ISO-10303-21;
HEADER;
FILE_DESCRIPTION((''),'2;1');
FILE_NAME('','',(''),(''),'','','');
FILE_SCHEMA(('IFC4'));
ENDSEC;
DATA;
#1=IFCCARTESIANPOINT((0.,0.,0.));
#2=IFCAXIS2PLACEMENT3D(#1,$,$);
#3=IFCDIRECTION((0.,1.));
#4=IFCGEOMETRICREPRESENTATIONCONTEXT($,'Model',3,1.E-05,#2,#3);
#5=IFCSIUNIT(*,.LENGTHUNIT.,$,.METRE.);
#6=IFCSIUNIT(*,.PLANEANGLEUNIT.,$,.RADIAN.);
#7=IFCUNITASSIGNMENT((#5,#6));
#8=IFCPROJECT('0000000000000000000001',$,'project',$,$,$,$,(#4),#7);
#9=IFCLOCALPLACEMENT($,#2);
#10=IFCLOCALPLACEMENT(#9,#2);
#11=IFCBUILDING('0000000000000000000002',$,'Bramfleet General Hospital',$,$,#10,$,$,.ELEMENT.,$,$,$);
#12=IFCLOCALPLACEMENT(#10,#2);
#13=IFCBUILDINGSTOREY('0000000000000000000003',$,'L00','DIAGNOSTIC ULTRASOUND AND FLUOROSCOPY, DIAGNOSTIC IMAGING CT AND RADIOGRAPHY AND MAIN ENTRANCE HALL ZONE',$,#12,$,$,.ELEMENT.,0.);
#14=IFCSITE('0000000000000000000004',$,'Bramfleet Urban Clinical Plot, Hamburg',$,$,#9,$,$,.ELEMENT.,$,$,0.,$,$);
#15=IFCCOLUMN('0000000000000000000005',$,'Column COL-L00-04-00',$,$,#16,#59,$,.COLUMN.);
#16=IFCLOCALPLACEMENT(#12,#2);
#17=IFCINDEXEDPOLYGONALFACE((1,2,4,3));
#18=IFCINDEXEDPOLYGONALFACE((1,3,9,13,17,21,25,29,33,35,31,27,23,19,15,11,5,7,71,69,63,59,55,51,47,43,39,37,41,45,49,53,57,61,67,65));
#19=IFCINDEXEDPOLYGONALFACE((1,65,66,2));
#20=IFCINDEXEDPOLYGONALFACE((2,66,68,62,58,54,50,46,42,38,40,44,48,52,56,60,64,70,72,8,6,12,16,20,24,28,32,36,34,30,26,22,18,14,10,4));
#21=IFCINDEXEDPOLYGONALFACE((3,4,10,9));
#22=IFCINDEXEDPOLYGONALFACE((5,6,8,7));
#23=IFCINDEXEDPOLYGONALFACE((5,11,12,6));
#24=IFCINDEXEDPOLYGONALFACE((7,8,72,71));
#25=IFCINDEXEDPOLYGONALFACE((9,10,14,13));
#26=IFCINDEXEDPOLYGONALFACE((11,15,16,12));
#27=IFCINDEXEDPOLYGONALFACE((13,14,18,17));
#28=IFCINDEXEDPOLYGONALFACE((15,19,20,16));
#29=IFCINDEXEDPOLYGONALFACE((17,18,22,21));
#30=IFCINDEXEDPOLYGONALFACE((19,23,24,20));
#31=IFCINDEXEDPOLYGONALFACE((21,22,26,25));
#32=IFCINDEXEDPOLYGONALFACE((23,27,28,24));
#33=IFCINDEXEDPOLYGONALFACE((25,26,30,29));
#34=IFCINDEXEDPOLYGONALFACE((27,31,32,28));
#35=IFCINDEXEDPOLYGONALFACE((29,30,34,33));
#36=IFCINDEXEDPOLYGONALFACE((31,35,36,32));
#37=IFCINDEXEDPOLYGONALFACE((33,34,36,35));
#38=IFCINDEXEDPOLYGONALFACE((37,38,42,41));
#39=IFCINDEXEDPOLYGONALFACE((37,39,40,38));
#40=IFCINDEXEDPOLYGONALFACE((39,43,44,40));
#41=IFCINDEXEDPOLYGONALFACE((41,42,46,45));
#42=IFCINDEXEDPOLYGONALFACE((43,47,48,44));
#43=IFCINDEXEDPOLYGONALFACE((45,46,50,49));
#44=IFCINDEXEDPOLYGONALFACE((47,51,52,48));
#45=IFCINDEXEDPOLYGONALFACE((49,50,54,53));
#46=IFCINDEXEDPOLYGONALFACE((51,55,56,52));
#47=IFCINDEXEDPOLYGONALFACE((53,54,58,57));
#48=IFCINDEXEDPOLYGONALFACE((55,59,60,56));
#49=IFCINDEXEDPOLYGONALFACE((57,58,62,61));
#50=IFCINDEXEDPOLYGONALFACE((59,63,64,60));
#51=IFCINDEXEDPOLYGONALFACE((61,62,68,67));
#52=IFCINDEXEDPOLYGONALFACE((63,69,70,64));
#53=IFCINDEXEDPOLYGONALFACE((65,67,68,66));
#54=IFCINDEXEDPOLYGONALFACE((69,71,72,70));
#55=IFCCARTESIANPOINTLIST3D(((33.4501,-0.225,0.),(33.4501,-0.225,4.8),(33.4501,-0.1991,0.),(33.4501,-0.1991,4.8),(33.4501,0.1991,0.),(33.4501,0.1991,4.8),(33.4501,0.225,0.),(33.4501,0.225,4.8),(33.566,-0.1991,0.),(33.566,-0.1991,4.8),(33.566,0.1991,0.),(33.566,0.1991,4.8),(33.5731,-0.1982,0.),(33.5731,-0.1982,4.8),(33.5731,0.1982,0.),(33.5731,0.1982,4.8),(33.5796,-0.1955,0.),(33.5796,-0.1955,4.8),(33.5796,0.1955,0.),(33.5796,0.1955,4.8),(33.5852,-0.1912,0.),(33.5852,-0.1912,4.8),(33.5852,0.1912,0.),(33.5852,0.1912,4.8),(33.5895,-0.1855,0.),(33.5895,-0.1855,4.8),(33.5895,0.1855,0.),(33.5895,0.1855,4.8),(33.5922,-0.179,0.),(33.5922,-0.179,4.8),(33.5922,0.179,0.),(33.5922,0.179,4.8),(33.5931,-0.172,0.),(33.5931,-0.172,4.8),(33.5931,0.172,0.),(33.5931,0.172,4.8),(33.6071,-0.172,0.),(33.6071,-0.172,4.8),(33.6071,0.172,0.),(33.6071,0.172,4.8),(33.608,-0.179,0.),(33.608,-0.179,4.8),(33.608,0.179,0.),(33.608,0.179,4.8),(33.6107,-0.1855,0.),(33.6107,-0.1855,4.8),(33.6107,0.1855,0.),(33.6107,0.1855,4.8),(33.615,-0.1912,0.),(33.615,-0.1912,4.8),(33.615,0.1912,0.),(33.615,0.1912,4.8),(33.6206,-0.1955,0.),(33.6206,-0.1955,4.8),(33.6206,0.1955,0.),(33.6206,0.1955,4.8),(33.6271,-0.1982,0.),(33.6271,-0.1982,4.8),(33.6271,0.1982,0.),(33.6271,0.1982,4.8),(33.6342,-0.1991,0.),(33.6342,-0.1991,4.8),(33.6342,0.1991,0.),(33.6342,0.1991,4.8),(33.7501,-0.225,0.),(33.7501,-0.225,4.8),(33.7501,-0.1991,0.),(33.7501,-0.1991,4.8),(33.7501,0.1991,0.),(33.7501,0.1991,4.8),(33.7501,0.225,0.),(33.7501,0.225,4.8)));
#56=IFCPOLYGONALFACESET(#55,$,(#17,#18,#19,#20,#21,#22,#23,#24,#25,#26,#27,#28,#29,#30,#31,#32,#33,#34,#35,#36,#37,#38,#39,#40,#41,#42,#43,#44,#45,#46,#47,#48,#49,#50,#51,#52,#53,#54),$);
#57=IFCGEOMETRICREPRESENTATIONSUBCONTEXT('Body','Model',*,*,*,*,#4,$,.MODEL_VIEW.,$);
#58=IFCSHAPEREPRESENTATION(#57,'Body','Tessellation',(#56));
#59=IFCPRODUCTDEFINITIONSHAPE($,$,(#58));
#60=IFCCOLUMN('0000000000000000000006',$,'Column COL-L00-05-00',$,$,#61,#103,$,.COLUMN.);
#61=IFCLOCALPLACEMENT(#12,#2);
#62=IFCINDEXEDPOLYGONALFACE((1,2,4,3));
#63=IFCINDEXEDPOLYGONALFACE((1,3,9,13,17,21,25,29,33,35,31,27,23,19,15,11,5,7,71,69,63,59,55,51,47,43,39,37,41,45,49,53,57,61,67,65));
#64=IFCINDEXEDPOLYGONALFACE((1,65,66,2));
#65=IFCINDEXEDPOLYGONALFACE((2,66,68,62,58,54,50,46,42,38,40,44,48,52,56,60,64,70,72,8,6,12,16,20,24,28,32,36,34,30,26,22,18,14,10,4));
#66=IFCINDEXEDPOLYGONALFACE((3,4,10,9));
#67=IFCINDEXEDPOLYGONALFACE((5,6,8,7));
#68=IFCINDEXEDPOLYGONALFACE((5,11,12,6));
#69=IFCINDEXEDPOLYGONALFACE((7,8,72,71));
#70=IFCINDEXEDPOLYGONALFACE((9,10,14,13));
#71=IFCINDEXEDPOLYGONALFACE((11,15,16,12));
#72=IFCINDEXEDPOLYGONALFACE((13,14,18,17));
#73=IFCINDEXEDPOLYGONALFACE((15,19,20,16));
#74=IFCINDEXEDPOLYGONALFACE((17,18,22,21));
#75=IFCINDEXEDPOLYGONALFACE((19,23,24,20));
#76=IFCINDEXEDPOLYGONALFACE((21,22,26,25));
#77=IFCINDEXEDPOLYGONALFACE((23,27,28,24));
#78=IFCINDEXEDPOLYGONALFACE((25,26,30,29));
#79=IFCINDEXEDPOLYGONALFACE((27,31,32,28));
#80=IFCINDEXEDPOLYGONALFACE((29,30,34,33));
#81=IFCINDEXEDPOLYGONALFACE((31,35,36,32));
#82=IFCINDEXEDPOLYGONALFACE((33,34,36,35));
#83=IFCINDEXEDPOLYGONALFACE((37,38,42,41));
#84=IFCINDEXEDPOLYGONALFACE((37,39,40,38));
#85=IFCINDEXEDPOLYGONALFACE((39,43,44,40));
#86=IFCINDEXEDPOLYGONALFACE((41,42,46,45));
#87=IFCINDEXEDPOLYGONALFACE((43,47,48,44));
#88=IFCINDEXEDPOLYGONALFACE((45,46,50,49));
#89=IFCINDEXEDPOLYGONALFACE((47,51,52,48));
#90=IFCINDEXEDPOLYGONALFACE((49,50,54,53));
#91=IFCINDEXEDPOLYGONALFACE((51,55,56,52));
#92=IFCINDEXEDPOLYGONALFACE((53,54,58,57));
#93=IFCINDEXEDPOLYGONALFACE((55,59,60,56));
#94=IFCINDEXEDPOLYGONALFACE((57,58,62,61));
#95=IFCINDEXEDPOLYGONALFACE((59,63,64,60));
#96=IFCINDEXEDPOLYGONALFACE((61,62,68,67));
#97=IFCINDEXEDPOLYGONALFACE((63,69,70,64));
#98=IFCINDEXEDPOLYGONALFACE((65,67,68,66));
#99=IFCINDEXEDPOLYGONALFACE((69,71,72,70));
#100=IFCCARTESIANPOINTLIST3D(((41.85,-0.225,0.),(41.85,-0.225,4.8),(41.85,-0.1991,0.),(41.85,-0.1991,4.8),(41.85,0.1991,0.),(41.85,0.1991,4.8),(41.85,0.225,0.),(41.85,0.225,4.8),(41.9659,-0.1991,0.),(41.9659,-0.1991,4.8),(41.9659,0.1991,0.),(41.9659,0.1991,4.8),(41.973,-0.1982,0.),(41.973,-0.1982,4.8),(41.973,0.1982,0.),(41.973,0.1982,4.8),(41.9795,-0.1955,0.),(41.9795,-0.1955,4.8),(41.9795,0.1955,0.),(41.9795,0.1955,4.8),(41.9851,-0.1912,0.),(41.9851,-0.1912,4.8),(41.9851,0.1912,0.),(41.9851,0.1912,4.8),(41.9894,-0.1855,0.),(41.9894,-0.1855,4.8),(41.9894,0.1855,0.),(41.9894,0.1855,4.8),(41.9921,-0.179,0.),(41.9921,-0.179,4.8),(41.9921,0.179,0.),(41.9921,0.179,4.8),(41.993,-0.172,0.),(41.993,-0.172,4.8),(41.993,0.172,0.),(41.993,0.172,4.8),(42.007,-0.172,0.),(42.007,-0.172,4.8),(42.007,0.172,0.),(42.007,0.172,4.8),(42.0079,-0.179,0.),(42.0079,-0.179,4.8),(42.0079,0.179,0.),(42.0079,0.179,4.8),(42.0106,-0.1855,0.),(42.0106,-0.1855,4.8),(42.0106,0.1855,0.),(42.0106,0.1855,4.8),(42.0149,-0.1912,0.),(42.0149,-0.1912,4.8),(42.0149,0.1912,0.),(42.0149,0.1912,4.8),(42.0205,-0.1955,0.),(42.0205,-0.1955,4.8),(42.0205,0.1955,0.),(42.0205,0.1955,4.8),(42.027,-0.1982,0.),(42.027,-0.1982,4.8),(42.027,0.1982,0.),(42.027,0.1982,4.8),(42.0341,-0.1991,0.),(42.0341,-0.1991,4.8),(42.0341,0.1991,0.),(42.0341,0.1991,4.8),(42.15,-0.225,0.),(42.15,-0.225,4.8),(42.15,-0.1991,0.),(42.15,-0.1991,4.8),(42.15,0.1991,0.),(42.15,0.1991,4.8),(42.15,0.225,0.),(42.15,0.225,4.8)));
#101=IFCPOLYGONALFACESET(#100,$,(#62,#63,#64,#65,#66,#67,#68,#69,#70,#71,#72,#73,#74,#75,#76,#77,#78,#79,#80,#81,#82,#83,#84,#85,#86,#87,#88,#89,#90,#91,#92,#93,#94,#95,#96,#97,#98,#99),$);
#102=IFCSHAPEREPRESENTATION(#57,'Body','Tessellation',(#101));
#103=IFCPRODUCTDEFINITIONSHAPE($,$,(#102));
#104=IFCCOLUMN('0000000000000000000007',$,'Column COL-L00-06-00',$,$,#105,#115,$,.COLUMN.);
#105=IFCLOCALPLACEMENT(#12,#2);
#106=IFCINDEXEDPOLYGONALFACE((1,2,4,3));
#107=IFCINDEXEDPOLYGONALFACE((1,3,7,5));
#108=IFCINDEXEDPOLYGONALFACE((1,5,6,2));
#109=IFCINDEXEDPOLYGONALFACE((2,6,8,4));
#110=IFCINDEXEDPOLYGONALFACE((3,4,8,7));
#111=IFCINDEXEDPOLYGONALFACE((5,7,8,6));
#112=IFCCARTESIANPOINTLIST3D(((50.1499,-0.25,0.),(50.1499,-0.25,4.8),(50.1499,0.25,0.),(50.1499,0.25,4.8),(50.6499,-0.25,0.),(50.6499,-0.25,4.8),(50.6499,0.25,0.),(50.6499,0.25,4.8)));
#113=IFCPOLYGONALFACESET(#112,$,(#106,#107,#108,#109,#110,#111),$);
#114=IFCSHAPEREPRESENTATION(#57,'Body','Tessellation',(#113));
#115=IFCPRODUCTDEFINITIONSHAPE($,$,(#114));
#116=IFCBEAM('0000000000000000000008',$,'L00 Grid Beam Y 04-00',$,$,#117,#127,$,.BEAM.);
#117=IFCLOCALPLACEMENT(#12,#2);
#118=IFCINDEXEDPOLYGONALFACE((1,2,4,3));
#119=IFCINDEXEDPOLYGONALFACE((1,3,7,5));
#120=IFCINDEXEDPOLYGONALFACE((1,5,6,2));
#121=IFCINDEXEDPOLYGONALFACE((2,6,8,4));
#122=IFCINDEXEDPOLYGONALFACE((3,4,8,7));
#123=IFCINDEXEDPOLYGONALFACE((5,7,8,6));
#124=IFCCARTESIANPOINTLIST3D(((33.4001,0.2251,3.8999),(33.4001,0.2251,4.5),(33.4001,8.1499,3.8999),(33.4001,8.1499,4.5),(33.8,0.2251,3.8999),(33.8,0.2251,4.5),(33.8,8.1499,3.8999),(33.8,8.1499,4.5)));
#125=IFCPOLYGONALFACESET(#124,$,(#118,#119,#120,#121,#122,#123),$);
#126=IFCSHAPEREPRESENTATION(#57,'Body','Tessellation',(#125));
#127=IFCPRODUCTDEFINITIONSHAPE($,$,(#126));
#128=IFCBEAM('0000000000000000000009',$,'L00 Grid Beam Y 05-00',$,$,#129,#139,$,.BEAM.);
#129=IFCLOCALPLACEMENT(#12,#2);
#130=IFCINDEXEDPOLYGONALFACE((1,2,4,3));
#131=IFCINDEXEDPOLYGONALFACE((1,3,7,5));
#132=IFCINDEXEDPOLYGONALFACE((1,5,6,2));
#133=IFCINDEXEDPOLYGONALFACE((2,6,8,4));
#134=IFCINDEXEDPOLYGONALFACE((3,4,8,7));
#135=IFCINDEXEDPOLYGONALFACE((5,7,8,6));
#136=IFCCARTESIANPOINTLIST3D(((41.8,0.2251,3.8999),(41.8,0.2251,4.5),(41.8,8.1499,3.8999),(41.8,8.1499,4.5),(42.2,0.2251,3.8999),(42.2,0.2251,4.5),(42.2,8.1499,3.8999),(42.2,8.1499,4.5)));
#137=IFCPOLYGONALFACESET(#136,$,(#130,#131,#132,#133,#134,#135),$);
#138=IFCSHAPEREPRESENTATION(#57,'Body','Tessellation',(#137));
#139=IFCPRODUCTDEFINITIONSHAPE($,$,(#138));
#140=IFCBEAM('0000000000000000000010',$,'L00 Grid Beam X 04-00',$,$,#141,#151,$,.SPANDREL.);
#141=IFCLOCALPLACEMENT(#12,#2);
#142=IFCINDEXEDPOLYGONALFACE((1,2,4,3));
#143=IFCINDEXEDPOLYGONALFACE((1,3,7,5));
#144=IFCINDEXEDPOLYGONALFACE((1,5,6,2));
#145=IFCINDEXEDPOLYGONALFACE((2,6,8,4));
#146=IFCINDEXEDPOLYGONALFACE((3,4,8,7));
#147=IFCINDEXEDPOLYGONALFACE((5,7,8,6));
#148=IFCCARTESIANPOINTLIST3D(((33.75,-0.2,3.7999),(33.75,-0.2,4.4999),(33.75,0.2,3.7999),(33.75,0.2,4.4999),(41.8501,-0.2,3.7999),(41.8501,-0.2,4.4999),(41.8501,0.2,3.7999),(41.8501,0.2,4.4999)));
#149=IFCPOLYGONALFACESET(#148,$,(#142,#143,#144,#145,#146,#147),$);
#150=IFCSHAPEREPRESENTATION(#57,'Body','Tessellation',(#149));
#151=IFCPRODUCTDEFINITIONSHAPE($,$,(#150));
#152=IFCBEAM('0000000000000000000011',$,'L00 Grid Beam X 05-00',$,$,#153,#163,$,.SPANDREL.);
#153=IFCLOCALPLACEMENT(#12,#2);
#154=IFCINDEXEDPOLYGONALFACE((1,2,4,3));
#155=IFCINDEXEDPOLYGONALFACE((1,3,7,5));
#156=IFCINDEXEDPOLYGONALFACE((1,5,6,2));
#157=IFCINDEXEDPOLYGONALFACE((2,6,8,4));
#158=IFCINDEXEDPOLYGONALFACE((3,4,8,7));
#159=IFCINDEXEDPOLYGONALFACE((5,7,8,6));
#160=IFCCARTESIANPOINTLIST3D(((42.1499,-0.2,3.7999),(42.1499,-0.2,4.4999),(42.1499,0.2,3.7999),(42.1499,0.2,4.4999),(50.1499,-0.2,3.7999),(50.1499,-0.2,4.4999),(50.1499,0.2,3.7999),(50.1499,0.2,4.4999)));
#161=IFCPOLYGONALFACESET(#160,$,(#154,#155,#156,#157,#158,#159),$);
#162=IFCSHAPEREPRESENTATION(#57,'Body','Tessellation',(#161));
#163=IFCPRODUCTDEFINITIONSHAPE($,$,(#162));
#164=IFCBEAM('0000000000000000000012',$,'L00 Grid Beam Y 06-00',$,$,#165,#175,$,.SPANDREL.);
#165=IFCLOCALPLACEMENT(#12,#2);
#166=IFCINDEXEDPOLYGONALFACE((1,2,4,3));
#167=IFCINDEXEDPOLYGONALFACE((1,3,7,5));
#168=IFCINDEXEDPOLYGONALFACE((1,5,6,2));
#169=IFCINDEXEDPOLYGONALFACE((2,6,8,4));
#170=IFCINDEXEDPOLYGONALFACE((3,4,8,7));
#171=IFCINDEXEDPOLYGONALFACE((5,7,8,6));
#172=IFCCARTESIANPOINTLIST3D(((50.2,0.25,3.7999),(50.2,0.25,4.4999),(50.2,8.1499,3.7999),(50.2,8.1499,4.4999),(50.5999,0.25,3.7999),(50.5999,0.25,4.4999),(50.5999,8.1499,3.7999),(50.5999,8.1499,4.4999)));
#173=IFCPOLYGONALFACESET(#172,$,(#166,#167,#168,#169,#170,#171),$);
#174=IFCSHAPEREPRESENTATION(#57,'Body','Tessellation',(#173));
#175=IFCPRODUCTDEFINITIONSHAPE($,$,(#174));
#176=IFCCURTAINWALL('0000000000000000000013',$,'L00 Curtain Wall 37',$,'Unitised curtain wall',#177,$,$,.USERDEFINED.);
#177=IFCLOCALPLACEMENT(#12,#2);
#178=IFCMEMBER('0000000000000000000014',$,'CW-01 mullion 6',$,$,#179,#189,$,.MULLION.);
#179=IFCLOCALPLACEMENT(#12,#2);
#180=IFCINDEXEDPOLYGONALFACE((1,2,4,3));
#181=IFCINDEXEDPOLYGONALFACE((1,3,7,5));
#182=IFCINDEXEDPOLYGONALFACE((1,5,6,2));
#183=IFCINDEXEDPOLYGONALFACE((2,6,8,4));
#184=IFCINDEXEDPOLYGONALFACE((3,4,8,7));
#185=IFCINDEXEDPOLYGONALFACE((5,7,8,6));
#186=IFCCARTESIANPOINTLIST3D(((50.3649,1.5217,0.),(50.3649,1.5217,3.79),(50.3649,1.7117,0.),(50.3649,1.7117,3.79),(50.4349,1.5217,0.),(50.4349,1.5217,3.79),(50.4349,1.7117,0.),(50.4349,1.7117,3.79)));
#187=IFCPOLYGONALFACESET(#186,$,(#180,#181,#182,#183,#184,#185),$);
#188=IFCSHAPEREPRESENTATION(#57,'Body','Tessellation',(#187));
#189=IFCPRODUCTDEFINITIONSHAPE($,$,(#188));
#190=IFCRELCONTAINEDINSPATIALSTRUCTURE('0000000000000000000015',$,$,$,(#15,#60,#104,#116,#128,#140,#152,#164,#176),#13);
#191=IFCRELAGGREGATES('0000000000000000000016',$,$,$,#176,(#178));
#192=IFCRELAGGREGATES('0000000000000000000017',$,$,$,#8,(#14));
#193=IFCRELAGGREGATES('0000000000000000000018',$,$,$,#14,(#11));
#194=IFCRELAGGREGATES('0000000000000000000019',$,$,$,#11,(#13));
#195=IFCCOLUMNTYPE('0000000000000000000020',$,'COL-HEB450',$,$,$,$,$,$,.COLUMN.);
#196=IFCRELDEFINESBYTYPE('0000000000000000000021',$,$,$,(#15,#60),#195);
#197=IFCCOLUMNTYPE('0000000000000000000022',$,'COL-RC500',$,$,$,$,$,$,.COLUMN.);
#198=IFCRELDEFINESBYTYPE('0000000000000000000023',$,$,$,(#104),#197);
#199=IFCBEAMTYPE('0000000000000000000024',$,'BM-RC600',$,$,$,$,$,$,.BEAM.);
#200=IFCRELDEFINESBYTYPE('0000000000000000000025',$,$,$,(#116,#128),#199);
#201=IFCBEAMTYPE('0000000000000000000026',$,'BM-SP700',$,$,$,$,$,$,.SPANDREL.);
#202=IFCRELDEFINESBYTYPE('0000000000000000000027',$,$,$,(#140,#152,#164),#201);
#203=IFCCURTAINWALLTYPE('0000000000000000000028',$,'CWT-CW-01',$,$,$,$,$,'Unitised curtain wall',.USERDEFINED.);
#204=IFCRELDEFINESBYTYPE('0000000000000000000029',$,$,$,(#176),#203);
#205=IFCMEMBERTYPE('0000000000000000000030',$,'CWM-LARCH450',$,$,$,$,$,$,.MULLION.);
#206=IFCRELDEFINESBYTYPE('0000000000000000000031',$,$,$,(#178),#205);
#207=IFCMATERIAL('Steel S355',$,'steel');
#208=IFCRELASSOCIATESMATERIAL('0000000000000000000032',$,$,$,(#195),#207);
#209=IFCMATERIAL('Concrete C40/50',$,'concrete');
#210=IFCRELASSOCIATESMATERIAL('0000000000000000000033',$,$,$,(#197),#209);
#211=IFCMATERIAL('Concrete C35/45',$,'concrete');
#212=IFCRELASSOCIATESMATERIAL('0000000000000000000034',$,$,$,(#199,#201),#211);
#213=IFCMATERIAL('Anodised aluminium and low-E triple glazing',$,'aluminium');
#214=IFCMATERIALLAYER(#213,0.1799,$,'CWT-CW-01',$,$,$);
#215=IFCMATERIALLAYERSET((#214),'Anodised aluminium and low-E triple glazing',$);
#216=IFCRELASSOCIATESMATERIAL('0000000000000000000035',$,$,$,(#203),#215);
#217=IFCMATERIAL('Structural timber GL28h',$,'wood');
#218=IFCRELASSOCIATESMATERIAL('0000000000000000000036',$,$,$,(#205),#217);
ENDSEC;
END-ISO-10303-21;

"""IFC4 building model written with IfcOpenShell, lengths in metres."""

from ifc_helpers import new_model, si_unit, direction, frame, origin, origin_2d, place, context, subcontext, project, spatial, rectangle, i_section, extrude, material, layer, layer_set, material_profile, profile_set, type_object, element, aggregate, save


model = new_model("IFC4")

# Units and contexts
model_context = context("Model", 3, precision=1e-05, world=origin(), true_north=direction((0.0, 1.0)))
body_context = subcontext(model_context, "Body", "Model", "MODEL_VIEW")
ifc_project = project(units=[si_unit("LENGTHUNIT", "METRE"), si_unit("PLANEANGLEUNIT", "RADIAN")], contexts=[model_context])

# Site, building, storey
site_placement = place(None, origin())
site = spatial("IfcSite", under=ifc_project, at=site_placement, Name="Bramfleet Urban Clinical Plot, Hamburg", CompositionType="ELEMENT", RefElevation=0.0)
building_placement = place(site_placement, origin())
building = spatial("IfcBuilding", under=site, at=building_placement, Name="Bramfleet General Hospital", CompositionType="ELEMENT")
storey_placement = place(building_placement, origin())
storey = spatial("IfcBuildingStorey", under=building, at=storey_placement, Name="L00", Description="DIAGNOSTIC ULTRASOUND AND FLUOROSCOPY, DIAGNOSTIC IMAGING CT AND RADIOGRAPHY AND MAIN ENTRANCE HALL ZONE", CompositionType="ELEMENT", Elevation=0.0)

# Columns
ifc_material_1 = material(Name="Steel S355", Category="steel")
ifc_material_profile_1 = material_profile(ifc_material_1, i_section(OverallWidth=0.3, OverallDepth=0.45, WebThickness=0.0139, FlangeThickness=0.0259, FilletRadius=0.0271, at=origin_2d()), Name="HEB 450")
ifc_profile_set_1 = profile_set([ifc_material_profile_1], Name="Steel S355")
column_type_1 = type_object("IfcColumnType", Name="COL-HEB450", PredefinedType="COLUMN", material=ifc_profile_set_1)
for number, where, z_axis, x_axis, name in (
    (1, (33.6001, 0.0, 0.0), (0.0, 0.0, 1.0), (1.0, 0.0, 0.0), "Column COL-L00-04-00"),
    (2, (42.0, 0.0, 0.0), (0.0, 0.0, 1.0), (1.0, 0.0, 0.0), "Column COL-L00-05-00"),
):
    element("IfcColumn", number, at=place(storey_placement, frame(where, z_axis=z_axis, x_axis=x_axis)), inside=storey, type_object=column_type_1, Name=name, PredefinedType="COLUMN", context=body_context, shape_type="SweptSolid", body=[
        extrude(i_section(OverallWidth=0.3, OverallDepth=0.45, WebThickness=0.0139, FlangeThickness=0.0259, FilletRadius=0.0271, at=origin_2d()), origin(), (0.0, 0.0, 1.0), 4.8),
    ])
ifc_material_2 = material(Name="Concrete C40/50", Category="concrete")
ifc_material_profile_2 = material_profile(ifc_material_2, rectangle(XDim=0.5, YDim=0.5, at=origin_2d()), Name="RC COL 500x500")
ifc_profile_set_2 = profile_set([ifc_material_profile_2], Name="Concrete C40/50")
column_type_2 = type_object("IfcColumnType", Name="COL-RC500", PredefinedType="COLUMN", material=ifc_profile_set_2)
column_placement = place(storey_placement, frame((50.3999, 0.0, 0.0), z_axis=(0.0, 0.0, 1.0), x_axis=(1.0, 0.0, 0.0)))
element("IfcColumn", 3, at=column_placement, inside=storey, type_object=column_type_2, Name="Column COL-L00-06-00", PredefinedType="COLUMN", context=body_context, shape_type="SweptSolid", body=[
    extrude(rectangle(XDim=0.5, YDim=0.5, at=origin_2d()), origin(), (0.0, 0.0, 1.0), 4.8),
])

# Beams
ifc_material_3 = material(Name="Concrete C35/45", Category="concrete")
ifc_material_profile_3 = material_profile(ifc_material_3, rectangle(XDim=0.3999, YDim=0.6001, at=origin_2d()), Name="RC BM 600x400")
ifc_profile_set_3 = profile_set([ifc_material_profile_3], Name="Concrete C35/45")
beam_type_1 = type_object("IfcBeamType", Name="BM-RC600", PredefinedType="BEAM", material=ifc_profile_set_3)
for number, where, z_axis, x_axis, name in (
    (4, (33.6001, 0.2251, 4.2), (0.0, 1.0, 0.0), (-1.0, 0.0, 0.0), "L00 Grid Beam Y 04-00"),
    (5, (42.0, 0.2251, 4.2), (0.0, 1.0, 0.0), (-1.0, 0.0, 0.0), "L00 Grid Beam Y 05-00"),
):
    element("IfcBeam", number, at=place(storey_placement, frame(where, z_axis=z_axis, x_axis=x_axis)), inside=storey, type_object=beam_type_1, Name=name, PredefinedType="BEAM", context=body_context, shape_type="SweptSolid", body=[
        extrude(rectangle(XDim=0.3999, YDim=0.6001, at=origin_2d()), origin(), (0.0, 0.0, 1.0), 7.9248),
    ])
ifc_material_profile_4 = material_profile(ifc_material_3, rectangle(XDim=0.3999, YDim=0.7, at=origin_2d()), Name="RC SP 700x400")
ifc_profile_set_4 = profile_set([ifc_material_profile_4], Name="Concrete C35/45")
beam_type_2 = type_object("IfcBeamType", Name="BM-SP700", PredefinedType="SPANDREL", material=ifc_profile_set_4)
beam_1_placement = place(storey_placement, frame((33.75, 0.0, 4.1499), z_axis=(1.0, 0.0, 0.0), x_axis=(0.0, 1.0, 0.0)))
element("IfcBeam", 6, at=beam_1_placement, inside=storey, type_object=beam_type_2, Name="L00 Grid Beam X 04-00", PredefinedType="SPANDREL", context=body_context, shape_type="SweptSolid", body=[
    extrude(rectangle(XDim=0.3999, YDim=0.7, at=origin_2d()), origin(), (0.0, 0.0, 1.0), 8.1001),
])
beam_2_placement = place(storey_placement, frame((42.1499, 0.0, 4.1499), z_axis=(1.0, 0.0, 0.0), x_axis=(0.0, 1.0, 0.0)))
element("IfcBeam", 7, at=beam_2_placement, inside=storey, type_object=beam_type_2, Name="L00 Grid Beam X 05-00", PredefinedType="SPANDREL", context=body_context, shape_type="SweptSolid", body=[
    extrude(rectangle(XDim=0.3999, YDim=0.7, at=origin_2d()), origin(), (0.0, 0.0, 1.0), 8.0),
])
beam_3_placement = place(storey_placement, frame((50.3999, 0.25, 4.1499), z_axis=(0.0, 1.0, 0.0), x_axis=(-1.0, 0.0, 0.0)))
element("IfcBeam", 8, at=beam_3_placement, inside=storey, type_object=beam_type_2, Name="L00 Grid Beam Y 06-00", PredefinedType="SPANDREL", context=body_context, shape_type="SweptSolid", body=[
    extrude(rectangle(XDim=0.3999, YDim=0.7, at=origin_2d()), origin(), (0.0, 0.0, 1.0), 7.8999),
])

# Curtain wall, member
ifc_material_4 = material(Name="Anodised aluminium and low-E triple glazing", Category="aluminium")
ifc_layer_1 = layer(ifc_material_4, 0.1799, Name="CWT-CW-01")
ifc_layer_set_1 = layer_set([ifc_layer_1], Name="Anodised aluminium and low-E triple glazing")
curtain_wall_type_1 = type_object("IfcCurtainWallType", Name="CWT-CW-01", ElementType="Unitised curtain wall", PredefinedType="USERDEFINED", material=ifc_layer_set_1)
curtain_wall_1_placement = place(storey_placement, origin())
curtain_wall_1 = element("IfcCurtainWall", 9, at=curtain_wall_1_placement, inside=storey, type_object=curtain_wall_type_1, Name="L00 Curtain Wall 37", ObjectType="Unitised curtain wall", PredefinedType="USERDEFINED")
ifc_material_5 = material(Name="Structural timber GL28h", Category="wood")
ifc_material_profile_5 = material_profile(ifc_material_5, rectangle(XDim=0.0701, YDim=0.1899, at=origin_2d()), Name="LARCH 190x70")
ifc_profile_set_5 = profile_set([ifc_material_profile_5], Name="Structural timber GL28h")
member_type_1 = type_object("IfcMemberType", Name="CWM-LARCH450", PredefinedType="MULLION", material=ifc_profile_set_5)
member_1_placement = place(storey_placement, frame((50.3999, 1.6167, 0.0), z_axis=(0.0, 0.0, 1.0), x_axis=(1.0, 0.0, 0.0)))
member_1 = element("IfcMember", 10, at=member_1_placement, type_object=member_type_1, Name="CW-01 mullion 6", PredefinedType="MULLION", context=body_context, shape_type="SweptSolid", body=[
    extrude(rectangle(XDim=0.0701, YDim=0.1899, at=origin_2d()), origin(), (0.0, 0.0, 1.0), 3.79),
])

aggregate(curtain_wall_1, [member_1])

save(model, "model.ifc")
